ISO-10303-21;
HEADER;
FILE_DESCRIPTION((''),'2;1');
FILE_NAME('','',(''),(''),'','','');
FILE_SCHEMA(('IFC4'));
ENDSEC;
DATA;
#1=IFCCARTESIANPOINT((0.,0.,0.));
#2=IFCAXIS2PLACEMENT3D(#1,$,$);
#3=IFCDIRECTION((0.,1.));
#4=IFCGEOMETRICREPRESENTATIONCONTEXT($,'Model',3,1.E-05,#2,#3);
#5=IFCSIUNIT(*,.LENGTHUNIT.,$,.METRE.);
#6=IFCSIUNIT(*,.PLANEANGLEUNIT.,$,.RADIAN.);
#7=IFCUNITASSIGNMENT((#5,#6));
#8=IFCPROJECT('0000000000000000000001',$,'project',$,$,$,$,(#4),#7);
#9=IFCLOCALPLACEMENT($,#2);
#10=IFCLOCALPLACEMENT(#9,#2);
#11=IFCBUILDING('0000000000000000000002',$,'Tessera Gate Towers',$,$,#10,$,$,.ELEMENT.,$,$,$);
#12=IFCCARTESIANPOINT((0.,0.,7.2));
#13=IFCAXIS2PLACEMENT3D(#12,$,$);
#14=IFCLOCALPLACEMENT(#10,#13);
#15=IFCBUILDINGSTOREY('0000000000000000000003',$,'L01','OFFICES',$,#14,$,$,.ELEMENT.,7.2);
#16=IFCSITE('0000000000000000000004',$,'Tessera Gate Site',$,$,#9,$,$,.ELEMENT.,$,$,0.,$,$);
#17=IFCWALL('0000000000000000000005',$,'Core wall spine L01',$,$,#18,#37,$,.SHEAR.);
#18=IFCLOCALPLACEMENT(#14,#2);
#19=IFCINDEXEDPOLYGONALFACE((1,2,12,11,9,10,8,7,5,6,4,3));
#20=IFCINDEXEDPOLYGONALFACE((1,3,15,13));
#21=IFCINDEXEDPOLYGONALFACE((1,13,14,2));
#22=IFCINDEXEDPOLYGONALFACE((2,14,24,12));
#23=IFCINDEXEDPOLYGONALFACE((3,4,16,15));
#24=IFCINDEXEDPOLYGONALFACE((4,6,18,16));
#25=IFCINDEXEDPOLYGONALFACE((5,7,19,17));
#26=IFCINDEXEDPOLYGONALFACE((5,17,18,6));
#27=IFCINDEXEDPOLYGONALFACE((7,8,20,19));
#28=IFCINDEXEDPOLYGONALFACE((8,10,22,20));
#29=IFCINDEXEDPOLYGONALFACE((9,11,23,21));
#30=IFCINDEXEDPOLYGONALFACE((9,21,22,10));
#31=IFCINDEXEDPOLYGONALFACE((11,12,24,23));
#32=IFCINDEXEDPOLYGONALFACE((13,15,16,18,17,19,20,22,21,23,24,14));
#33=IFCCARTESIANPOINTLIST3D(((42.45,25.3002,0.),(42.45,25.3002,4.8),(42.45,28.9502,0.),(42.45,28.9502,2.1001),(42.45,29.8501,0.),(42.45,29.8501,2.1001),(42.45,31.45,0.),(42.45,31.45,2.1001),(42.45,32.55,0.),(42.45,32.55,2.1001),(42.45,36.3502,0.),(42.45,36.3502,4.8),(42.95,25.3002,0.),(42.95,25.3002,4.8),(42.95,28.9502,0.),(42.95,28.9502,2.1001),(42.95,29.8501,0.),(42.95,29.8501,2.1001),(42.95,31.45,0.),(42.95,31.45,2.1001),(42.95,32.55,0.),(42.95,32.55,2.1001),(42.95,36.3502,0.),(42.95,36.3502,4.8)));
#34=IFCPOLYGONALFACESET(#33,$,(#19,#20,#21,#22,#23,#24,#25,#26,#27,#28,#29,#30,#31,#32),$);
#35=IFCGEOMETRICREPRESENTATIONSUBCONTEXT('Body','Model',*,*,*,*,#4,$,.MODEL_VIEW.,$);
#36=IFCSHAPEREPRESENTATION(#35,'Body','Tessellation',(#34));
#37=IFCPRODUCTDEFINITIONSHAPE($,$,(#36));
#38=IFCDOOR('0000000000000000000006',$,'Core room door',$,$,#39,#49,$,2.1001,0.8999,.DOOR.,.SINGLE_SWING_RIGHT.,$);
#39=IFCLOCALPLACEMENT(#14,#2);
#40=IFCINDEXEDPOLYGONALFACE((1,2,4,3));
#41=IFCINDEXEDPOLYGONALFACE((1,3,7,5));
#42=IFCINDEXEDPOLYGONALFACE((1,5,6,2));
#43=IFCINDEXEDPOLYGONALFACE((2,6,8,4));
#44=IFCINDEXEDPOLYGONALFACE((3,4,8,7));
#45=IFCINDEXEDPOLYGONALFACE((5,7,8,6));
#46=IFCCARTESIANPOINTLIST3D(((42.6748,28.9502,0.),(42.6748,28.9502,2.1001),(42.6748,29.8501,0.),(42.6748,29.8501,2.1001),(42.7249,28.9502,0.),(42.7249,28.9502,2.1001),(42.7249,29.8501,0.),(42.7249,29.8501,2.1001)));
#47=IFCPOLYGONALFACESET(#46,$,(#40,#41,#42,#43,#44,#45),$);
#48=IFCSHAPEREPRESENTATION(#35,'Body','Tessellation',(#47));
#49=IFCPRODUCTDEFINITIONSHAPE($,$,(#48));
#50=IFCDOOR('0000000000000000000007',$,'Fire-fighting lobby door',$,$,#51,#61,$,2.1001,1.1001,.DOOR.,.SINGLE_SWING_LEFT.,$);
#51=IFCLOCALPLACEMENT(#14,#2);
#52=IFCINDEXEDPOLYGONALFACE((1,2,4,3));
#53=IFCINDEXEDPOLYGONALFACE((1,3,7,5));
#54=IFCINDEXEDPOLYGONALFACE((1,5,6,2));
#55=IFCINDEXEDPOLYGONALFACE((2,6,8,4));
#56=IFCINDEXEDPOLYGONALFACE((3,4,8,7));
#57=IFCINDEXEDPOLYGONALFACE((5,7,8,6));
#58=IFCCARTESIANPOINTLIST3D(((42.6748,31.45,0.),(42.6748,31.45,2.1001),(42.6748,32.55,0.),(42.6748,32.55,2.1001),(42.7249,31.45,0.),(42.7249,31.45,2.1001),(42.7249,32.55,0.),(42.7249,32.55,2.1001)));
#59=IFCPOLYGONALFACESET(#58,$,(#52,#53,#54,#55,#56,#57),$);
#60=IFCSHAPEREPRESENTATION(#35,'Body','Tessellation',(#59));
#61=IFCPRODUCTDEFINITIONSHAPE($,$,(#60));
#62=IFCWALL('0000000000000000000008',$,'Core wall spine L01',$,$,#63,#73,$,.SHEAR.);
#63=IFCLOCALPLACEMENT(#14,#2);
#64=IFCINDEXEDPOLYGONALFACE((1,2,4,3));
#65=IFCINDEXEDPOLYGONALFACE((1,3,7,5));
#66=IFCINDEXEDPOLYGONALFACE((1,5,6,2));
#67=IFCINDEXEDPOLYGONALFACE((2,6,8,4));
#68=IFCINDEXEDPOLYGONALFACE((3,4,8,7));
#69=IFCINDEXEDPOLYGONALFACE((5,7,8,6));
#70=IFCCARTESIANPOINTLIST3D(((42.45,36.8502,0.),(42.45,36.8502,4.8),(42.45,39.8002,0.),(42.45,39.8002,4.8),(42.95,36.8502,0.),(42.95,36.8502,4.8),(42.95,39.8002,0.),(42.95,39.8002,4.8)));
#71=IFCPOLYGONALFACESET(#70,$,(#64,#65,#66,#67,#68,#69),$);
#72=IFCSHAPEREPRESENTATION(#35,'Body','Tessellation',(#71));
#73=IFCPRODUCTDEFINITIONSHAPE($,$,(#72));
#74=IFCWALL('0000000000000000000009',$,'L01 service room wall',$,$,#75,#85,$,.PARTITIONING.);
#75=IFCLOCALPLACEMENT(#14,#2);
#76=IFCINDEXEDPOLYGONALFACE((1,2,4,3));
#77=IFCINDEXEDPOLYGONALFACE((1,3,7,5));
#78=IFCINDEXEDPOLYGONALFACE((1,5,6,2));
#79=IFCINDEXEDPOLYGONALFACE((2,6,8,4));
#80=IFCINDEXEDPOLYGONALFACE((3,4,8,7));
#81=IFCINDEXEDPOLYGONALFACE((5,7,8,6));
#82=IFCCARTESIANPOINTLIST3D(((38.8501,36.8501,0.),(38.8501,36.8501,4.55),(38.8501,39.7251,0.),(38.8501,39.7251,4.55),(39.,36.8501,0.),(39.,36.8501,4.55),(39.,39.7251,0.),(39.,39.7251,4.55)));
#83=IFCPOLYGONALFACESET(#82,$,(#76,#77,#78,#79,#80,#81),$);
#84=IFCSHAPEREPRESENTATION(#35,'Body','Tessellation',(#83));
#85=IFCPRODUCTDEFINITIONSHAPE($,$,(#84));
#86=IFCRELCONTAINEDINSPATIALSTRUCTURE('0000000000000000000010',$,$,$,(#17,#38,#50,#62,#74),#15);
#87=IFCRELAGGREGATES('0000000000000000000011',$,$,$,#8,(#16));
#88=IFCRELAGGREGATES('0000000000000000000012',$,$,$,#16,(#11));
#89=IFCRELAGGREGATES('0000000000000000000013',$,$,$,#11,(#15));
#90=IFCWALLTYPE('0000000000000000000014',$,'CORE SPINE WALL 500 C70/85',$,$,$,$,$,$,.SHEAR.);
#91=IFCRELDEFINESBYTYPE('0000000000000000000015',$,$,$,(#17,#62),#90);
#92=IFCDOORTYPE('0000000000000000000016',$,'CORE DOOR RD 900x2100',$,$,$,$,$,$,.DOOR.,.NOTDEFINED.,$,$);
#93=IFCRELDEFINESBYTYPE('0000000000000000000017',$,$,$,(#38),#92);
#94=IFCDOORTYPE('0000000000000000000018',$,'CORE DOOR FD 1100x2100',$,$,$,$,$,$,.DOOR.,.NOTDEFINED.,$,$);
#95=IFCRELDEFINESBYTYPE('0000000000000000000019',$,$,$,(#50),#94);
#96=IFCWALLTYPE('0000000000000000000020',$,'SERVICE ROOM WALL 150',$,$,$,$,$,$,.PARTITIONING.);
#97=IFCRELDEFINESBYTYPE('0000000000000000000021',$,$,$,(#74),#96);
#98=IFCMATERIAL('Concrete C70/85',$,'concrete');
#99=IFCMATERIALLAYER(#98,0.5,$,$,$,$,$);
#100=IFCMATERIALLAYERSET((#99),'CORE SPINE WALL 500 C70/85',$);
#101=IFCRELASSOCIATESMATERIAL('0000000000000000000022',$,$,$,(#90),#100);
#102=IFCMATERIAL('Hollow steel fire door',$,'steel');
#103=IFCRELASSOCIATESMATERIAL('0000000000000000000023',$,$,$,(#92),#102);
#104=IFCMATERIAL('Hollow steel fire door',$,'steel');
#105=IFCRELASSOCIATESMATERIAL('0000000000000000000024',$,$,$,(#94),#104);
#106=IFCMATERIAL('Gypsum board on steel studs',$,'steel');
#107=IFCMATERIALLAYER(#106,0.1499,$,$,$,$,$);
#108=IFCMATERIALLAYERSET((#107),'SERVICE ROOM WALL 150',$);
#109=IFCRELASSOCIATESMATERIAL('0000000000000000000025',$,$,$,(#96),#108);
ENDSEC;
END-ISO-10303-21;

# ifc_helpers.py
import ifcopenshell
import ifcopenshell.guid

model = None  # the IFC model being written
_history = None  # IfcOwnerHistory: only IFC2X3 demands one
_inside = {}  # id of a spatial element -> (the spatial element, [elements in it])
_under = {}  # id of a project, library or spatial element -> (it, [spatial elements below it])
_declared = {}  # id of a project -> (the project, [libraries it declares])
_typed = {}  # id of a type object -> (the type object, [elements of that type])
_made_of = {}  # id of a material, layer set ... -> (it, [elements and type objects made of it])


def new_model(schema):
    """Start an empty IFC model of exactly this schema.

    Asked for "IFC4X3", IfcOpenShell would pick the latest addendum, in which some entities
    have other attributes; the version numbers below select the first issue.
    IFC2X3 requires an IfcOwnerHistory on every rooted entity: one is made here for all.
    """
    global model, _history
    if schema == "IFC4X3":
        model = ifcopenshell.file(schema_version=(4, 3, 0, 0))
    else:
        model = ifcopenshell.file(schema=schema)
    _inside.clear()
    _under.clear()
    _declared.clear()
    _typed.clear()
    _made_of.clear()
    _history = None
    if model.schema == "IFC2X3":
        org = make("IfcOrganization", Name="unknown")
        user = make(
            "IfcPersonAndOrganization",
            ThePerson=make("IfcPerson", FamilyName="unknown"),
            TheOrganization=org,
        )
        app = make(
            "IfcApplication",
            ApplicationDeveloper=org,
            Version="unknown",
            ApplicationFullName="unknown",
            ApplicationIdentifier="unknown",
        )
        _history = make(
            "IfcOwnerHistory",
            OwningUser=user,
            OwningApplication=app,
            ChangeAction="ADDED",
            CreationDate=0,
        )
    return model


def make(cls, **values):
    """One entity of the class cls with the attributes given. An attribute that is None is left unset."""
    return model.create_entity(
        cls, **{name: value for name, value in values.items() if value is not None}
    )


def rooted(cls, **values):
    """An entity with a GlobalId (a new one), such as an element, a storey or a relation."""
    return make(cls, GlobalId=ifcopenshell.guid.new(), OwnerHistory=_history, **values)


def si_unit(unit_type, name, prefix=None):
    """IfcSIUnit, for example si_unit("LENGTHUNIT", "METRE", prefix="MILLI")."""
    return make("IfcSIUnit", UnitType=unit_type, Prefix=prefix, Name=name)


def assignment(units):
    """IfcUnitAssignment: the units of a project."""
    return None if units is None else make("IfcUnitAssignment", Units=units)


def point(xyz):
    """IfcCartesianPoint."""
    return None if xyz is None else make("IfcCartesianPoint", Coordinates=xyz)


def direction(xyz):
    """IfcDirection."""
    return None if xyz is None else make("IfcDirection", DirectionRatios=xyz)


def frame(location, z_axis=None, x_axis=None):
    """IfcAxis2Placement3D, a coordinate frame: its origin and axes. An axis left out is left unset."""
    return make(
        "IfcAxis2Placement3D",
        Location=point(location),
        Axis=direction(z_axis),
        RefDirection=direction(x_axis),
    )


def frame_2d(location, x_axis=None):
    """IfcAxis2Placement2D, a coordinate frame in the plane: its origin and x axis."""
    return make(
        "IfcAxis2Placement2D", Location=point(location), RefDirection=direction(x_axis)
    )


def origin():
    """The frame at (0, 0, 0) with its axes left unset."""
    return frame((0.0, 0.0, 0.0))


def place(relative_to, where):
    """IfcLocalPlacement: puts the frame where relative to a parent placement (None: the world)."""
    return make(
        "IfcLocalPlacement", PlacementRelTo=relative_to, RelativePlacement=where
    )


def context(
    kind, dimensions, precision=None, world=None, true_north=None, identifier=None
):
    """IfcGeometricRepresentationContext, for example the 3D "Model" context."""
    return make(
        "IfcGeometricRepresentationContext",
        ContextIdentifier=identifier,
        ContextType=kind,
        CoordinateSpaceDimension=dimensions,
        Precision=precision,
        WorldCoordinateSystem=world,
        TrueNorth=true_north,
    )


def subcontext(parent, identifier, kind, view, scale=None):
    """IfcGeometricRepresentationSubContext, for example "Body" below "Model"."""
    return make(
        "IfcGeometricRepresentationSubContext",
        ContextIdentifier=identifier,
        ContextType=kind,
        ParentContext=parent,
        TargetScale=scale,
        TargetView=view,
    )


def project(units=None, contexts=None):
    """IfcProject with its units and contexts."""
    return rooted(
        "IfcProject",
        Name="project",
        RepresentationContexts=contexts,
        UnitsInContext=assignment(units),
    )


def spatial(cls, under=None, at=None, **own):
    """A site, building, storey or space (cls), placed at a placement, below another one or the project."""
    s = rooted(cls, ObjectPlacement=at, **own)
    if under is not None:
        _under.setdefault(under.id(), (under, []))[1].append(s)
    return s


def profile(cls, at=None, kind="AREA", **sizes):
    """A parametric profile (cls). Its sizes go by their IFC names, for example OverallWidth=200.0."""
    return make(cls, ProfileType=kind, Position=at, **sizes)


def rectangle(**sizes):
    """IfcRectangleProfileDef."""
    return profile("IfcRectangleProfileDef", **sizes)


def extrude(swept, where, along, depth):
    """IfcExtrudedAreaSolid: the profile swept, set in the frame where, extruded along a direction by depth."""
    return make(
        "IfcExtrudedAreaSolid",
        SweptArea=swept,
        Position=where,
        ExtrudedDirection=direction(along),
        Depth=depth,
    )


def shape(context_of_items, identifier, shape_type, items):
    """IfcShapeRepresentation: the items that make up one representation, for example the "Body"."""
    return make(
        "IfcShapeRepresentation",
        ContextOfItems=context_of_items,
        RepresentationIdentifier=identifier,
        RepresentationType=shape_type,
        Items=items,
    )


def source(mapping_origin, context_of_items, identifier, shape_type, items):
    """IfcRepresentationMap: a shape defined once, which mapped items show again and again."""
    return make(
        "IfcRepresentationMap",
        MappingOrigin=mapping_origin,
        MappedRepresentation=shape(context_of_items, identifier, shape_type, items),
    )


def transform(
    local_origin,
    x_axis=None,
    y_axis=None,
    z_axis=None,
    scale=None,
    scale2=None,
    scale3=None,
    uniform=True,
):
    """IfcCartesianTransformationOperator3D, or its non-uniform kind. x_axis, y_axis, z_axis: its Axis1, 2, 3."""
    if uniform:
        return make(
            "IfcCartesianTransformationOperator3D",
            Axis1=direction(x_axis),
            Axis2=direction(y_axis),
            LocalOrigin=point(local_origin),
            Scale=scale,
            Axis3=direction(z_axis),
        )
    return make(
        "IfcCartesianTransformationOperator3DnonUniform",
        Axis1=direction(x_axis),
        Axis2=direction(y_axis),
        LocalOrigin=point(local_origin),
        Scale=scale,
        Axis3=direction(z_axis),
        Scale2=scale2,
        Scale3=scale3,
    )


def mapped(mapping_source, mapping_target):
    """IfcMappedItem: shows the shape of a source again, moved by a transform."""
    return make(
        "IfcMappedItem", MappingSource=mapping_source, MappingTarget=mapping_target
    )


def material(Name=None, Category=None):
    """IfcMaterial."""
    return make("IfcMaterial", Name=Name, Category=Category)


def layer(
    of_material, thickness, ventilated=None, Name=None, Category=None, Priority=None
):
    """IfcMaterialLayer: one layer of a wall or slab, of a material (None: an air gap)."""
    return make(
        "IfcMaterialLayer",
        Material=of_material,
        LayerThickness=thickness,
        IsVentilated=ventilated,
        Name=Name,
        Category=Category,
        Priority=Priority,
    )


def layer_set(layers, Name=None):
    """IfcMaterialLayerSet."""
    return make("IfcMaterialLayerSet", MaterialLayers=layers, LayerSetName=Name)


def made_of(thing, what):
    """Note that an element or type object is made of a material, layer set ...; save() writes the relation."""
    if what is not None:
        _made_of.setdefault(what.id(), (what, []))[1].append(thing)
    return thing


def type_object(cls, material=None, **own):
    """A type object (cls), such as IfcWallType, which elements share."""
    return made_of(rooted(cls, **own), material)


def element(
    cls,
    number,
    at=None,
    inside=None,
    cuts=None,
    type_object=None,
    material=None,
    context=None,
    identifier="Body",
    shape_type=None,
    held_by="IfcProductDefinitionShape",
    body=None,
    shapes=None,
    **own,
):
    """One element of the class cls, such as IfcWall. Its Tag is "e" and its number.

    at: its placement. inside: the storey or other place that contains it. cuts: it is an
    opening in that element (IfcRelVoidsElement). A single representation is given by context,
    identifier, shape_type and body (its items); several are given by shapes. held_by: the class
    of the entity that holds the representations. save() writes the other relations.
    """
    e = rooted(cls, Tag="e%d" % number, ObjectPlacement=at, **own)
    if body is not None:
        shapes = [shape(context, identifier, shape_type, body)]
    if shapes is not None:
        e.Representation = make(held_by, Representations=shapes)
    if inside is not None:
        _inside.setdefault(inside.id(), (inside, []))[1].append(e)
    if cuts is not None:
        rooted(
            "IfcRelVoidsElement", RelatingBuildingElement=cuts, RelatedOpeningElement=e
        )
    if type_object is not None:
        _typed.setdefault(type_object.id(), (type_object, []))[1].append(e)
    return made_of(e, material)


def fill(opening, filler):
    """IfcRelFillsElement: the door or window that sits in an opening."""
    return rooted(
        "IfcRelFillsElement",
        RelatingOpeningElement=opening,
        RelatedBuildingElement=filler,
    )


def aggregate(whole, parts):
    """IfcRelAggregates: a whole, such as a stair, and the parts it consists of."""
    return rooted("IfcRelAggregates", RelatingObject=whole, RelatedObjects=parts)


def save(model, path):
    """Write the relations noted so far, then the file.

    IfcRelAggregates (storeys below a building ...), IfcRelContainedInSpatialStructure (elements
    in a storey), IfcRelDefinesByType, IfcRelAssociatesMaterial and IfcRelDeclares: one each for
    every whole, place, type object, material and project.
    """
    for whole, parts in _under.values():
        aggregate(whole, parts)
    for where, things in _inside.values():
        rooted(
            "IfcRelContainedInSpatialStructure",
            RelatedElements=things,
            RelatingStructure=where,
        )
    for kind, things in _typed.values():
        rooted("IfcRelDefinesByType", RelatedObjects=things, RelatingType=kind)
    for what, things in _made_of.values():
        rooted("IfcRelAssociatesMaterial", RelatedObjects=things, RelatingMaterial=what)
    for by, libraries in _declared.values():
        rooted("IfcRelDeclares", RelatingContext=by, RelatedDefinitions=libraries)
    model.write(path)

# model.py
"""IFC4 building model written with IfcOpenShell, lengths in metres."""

from ifc_helpers import new_model, si_unit, direction, frame, frame_2d, origin, place, context, subcontext, project, spatial, rectangle, extrude, source, transform, mapped, material, layer, layer_set, type_object, element, fill, save


model = new_model("IFC4")

# Units and contexts
model_context = context("Model", 3, precision=1e-05, world=origin(), true_north=direction((0.0, 1.0)))
body_context = subcontext(model_context, "Body", "Model", "MODEL_VIEW")
ifc_project = project(units=[si_unit("LENGTHUNIT", "METRE"), si_unit("PLANEANGLEUNIT", "RADIAN")], contexts=[model_context])

# Site, building, storey
site_placement = place(None, origin())
site = spatial("IfcSite", under=ifc_project, at=site_placement, Name="Tessera Gate Site", CompositionType="ELEMENT", RefElevation=0.0)
building_placement = place(site_placement, origin())
building = spatial("IfcBuilding", under=site, at=building_placement, Name="Tessera Gate Towers", CompositionType="ELEMENT")
storey_placement = place(building_placement, frame((0.0, 0.0, 7.2)))
storey = spatial("IfcBuildingStorey", under=building, at=storey_placement, Name="L01", Description="OFFICES", CompositionType="ELEMENT", Elevation=7.2)

# Shared definitions
shared_shape_1 = source(origin(), body_context, "Body", "SweptSolid", [
    extrude(rectangle(XDim=1.1001, YDim=2.1001, at=frame_2d((0.55, 1.05))), frame((0.0, 0.0249, 0.0), z_axis=(0.0, -1.0, 0.0), x_axis=(1.0, 0.0, 0.0)), (0.0, 0.0, 1.0), 0.05),
])

# Wall, openings, doors
ifc_material_1 = material(Name="Concrete C70/85", Category="concrete")
ifc_layer_1 = layer(ifc_material_1, 0.5)
ifc_layer_set_1 = layer_set([ifc_layer_1], Name="CORE SPINE WALL 500 C70/85")
wall_type_1 = type_object("IfcWallType", Name="CORE SPINE WALL 500 C70/85", PredefinedType="SHEAR", material=ifc_layer_set_1)
wall_1_placement = place(storey_placement, frame((42.7, 36.3501, 0.0), z_axis=(0.0, 0.0, 1.0), x_axis=(0.0, -1.0, 0.0)))
wall_1 = element("IfcWall", 1, at=wall_1_placement, inside=storey, type_object=wall_type_1, Name="Core wall spine L01", PredefinedType="SHEAR", context=body_context, shape_type="SweptSolid", body=[
    extrude(rectangle(XDim=11.05, YDim=0.5, at=frame_2d((5.5249, 0.0))), origin(), (0.0, 0.0, 1.0), 4.8),
])
shared_shape_2 = source(origin(), body_context, "Body", "SweptSolid", [
    extrude(rectangle(XDim=0.8999, YDim=2.1001, at=frame_2d((0.45, 1.05))), frame((0.0, 0.26, 0.0), z_axis=(0.0, -1.0, 0.0), x_axis=(1.0, 0.0, 0.0)), (0.0, 0.0, 1.0), 0.52),
])
opening_1_placement = place(wall_1_placement, frame((6.5, 0.0, 0.0)))
opening_1 = element("IfcOpeningElement", 2, at=opening_1_placement, cuts=wall_1, PredefinedType="OPENING", context=body_context, shape_type="MappedRepresentation", body=[
    mapped(shared_shape_2, transform((0.0, 0.0, 0.0), scale=1.0)),
])
shared_shape_3 = source(origin(), body_context, "Body", "SweptSolid", [
    extrude(rectangle(XDim=1.1001, YDim=2.1001, at=frame_2d((0.55, 1.05))), frame((0.0, 0.26, 0.0), z_axis=(0.0, -1.0, 0.0), x_axis=(1.0, 0.0, 0.0)), (0.0, 0.0, 1.0), 0.52),
])
opening_2_placement = place(wall_1_placement, frame((3.8, 0.0, 0.0)))
opening_2 = element("IfcOpeningElement", 3, at=opening_2_placement, cuts=wall_1, PredefinedType="OPENING", context=body_context, shape_type="MappedRepresentation", body=[
    mapped(shared_shape_3, transform((0.0, 0.0, 0.0), scale=1.0)),
])
ifc_material_2 = material(Name="Hollow steel fire door", Category="steel")
door_type_1 = type_object("IfcDoorType", Name="CORE DOOR RD 900x2100", OperationType="NOTDEFINED", PredefinedType="DOOR", material=ifc_material_2)
shared_shape_4 = source(origin(), body_context, "Body", "SweptSolid", [
    extrude(rectangle(XDim=0.8999, YDim=2.1001, at=frame_2d((0.45, 1.05))), frame((0.0, 0.0249, 0.0), z_axis=(0.0, -1.0, 0.0), x_axis=(1.0, 0.0, 0.0)), (0.0, 0.0, 1.0), 0.05),
])
door_1_placement = place(opening_1_placement, origin())
door_1 = element("IfcDoor", 4, at=door_1_placement, inside=storey, type_object=door_type_1, Name="Core room door", OperationType="SINGLE_SWING_RIGHT", OverallHeight=2.1001, OverallWidth=0.8999, PredefinedType="DOOR", context=body_context, shape_type="MappedRepresentation", body=[
    mapped(shared_shape_4, transform((0.0, 0.0, 0.0), scale=1.0)),
])
fill(opening_1, door_1)
ifc_material_3 = material(Name="Hollow steel fire door", Category="steel")
door_type_2 = type_object("IfcDoorType", Name="CORE DOOR FD 1100x2100", OperationType="NOTDEFINED", PredefinedType="DOOR", material=ifc_material_3)
door_2_placement = place(opening_2_placement, origin())
door_2 = element("IfcDoor", 5, at=door_2_placement, inside=storey, type_object=door_type_2, Name="Fire-fighting lobby door", OperationType="SINGLE_SWING_LEFT", OverallHeight=2.1001, OverallWidth=1.1001, PredefinedType="DOOR", context=body_context, shape_type="MappedRepresentation", body=[
    mapped(shared_shape_1, transform((0.0, 0.0, 0.0), scale=1.0)),
])
fill(opening_2, door_2)

# Walls
wall_2_placement = place(storey_placement, frame((42.7, 36.8501, 0.0), z_axis=(0.0, 0.0, 1.0), x_axis=(0.0, 1.0, 0.0)))
element("IfcWall", 6, at=wall_2_placement, inside=storey, type_object=wall_type_1, Name="Core wall spine L01", PredefinedType="SHEAR", context=body_context, shape_type="SweptSolid", body=[
    extrude(rectangle(XDim=2.95, YDim=0.5, at=frame_2d((1.4751, 0.0))), origin(), (0.0, 0.0, 1.0), 4.8),
])
ifc_material_4 = material(Name="Gypsum board on steel studs", Category="steel")
ifc_layer_2 = layer(ifc_material_4, 0.1499)
ifc_layer_set_2 = layer_set([ifc_layer_2], Name="SERVICE ROOM WALL 150")
wall_type_2 = type_object("IfcWallType", Name="SERVICE ROOM WALL 150", PredefinedType="PARTITIONING", material=ifc_layer_set_2)
wall_3_placement = place(storey_placement, frame((38.925, 36.8501, 0.0), z_axis=(0.0, 0.0, 1.0), x_axis=(0.0, 1.0, 0.0)))
element("IfcWall", 7, at=wall_3_placement, inside=storey, type_object=wall_type_2, Name="L01 service room wall", PredefinedType="PARTITIONING", context=body_context, shape_type="SweptSolid", body=[
    extrude(rectangle(XDim=2.875, YDim=0.1499, at=frame_2d((1.4375, 0.0))), origin(), (0.0, 0.0, 1.0), 4.55),
])

save(model, "model.ifc")
